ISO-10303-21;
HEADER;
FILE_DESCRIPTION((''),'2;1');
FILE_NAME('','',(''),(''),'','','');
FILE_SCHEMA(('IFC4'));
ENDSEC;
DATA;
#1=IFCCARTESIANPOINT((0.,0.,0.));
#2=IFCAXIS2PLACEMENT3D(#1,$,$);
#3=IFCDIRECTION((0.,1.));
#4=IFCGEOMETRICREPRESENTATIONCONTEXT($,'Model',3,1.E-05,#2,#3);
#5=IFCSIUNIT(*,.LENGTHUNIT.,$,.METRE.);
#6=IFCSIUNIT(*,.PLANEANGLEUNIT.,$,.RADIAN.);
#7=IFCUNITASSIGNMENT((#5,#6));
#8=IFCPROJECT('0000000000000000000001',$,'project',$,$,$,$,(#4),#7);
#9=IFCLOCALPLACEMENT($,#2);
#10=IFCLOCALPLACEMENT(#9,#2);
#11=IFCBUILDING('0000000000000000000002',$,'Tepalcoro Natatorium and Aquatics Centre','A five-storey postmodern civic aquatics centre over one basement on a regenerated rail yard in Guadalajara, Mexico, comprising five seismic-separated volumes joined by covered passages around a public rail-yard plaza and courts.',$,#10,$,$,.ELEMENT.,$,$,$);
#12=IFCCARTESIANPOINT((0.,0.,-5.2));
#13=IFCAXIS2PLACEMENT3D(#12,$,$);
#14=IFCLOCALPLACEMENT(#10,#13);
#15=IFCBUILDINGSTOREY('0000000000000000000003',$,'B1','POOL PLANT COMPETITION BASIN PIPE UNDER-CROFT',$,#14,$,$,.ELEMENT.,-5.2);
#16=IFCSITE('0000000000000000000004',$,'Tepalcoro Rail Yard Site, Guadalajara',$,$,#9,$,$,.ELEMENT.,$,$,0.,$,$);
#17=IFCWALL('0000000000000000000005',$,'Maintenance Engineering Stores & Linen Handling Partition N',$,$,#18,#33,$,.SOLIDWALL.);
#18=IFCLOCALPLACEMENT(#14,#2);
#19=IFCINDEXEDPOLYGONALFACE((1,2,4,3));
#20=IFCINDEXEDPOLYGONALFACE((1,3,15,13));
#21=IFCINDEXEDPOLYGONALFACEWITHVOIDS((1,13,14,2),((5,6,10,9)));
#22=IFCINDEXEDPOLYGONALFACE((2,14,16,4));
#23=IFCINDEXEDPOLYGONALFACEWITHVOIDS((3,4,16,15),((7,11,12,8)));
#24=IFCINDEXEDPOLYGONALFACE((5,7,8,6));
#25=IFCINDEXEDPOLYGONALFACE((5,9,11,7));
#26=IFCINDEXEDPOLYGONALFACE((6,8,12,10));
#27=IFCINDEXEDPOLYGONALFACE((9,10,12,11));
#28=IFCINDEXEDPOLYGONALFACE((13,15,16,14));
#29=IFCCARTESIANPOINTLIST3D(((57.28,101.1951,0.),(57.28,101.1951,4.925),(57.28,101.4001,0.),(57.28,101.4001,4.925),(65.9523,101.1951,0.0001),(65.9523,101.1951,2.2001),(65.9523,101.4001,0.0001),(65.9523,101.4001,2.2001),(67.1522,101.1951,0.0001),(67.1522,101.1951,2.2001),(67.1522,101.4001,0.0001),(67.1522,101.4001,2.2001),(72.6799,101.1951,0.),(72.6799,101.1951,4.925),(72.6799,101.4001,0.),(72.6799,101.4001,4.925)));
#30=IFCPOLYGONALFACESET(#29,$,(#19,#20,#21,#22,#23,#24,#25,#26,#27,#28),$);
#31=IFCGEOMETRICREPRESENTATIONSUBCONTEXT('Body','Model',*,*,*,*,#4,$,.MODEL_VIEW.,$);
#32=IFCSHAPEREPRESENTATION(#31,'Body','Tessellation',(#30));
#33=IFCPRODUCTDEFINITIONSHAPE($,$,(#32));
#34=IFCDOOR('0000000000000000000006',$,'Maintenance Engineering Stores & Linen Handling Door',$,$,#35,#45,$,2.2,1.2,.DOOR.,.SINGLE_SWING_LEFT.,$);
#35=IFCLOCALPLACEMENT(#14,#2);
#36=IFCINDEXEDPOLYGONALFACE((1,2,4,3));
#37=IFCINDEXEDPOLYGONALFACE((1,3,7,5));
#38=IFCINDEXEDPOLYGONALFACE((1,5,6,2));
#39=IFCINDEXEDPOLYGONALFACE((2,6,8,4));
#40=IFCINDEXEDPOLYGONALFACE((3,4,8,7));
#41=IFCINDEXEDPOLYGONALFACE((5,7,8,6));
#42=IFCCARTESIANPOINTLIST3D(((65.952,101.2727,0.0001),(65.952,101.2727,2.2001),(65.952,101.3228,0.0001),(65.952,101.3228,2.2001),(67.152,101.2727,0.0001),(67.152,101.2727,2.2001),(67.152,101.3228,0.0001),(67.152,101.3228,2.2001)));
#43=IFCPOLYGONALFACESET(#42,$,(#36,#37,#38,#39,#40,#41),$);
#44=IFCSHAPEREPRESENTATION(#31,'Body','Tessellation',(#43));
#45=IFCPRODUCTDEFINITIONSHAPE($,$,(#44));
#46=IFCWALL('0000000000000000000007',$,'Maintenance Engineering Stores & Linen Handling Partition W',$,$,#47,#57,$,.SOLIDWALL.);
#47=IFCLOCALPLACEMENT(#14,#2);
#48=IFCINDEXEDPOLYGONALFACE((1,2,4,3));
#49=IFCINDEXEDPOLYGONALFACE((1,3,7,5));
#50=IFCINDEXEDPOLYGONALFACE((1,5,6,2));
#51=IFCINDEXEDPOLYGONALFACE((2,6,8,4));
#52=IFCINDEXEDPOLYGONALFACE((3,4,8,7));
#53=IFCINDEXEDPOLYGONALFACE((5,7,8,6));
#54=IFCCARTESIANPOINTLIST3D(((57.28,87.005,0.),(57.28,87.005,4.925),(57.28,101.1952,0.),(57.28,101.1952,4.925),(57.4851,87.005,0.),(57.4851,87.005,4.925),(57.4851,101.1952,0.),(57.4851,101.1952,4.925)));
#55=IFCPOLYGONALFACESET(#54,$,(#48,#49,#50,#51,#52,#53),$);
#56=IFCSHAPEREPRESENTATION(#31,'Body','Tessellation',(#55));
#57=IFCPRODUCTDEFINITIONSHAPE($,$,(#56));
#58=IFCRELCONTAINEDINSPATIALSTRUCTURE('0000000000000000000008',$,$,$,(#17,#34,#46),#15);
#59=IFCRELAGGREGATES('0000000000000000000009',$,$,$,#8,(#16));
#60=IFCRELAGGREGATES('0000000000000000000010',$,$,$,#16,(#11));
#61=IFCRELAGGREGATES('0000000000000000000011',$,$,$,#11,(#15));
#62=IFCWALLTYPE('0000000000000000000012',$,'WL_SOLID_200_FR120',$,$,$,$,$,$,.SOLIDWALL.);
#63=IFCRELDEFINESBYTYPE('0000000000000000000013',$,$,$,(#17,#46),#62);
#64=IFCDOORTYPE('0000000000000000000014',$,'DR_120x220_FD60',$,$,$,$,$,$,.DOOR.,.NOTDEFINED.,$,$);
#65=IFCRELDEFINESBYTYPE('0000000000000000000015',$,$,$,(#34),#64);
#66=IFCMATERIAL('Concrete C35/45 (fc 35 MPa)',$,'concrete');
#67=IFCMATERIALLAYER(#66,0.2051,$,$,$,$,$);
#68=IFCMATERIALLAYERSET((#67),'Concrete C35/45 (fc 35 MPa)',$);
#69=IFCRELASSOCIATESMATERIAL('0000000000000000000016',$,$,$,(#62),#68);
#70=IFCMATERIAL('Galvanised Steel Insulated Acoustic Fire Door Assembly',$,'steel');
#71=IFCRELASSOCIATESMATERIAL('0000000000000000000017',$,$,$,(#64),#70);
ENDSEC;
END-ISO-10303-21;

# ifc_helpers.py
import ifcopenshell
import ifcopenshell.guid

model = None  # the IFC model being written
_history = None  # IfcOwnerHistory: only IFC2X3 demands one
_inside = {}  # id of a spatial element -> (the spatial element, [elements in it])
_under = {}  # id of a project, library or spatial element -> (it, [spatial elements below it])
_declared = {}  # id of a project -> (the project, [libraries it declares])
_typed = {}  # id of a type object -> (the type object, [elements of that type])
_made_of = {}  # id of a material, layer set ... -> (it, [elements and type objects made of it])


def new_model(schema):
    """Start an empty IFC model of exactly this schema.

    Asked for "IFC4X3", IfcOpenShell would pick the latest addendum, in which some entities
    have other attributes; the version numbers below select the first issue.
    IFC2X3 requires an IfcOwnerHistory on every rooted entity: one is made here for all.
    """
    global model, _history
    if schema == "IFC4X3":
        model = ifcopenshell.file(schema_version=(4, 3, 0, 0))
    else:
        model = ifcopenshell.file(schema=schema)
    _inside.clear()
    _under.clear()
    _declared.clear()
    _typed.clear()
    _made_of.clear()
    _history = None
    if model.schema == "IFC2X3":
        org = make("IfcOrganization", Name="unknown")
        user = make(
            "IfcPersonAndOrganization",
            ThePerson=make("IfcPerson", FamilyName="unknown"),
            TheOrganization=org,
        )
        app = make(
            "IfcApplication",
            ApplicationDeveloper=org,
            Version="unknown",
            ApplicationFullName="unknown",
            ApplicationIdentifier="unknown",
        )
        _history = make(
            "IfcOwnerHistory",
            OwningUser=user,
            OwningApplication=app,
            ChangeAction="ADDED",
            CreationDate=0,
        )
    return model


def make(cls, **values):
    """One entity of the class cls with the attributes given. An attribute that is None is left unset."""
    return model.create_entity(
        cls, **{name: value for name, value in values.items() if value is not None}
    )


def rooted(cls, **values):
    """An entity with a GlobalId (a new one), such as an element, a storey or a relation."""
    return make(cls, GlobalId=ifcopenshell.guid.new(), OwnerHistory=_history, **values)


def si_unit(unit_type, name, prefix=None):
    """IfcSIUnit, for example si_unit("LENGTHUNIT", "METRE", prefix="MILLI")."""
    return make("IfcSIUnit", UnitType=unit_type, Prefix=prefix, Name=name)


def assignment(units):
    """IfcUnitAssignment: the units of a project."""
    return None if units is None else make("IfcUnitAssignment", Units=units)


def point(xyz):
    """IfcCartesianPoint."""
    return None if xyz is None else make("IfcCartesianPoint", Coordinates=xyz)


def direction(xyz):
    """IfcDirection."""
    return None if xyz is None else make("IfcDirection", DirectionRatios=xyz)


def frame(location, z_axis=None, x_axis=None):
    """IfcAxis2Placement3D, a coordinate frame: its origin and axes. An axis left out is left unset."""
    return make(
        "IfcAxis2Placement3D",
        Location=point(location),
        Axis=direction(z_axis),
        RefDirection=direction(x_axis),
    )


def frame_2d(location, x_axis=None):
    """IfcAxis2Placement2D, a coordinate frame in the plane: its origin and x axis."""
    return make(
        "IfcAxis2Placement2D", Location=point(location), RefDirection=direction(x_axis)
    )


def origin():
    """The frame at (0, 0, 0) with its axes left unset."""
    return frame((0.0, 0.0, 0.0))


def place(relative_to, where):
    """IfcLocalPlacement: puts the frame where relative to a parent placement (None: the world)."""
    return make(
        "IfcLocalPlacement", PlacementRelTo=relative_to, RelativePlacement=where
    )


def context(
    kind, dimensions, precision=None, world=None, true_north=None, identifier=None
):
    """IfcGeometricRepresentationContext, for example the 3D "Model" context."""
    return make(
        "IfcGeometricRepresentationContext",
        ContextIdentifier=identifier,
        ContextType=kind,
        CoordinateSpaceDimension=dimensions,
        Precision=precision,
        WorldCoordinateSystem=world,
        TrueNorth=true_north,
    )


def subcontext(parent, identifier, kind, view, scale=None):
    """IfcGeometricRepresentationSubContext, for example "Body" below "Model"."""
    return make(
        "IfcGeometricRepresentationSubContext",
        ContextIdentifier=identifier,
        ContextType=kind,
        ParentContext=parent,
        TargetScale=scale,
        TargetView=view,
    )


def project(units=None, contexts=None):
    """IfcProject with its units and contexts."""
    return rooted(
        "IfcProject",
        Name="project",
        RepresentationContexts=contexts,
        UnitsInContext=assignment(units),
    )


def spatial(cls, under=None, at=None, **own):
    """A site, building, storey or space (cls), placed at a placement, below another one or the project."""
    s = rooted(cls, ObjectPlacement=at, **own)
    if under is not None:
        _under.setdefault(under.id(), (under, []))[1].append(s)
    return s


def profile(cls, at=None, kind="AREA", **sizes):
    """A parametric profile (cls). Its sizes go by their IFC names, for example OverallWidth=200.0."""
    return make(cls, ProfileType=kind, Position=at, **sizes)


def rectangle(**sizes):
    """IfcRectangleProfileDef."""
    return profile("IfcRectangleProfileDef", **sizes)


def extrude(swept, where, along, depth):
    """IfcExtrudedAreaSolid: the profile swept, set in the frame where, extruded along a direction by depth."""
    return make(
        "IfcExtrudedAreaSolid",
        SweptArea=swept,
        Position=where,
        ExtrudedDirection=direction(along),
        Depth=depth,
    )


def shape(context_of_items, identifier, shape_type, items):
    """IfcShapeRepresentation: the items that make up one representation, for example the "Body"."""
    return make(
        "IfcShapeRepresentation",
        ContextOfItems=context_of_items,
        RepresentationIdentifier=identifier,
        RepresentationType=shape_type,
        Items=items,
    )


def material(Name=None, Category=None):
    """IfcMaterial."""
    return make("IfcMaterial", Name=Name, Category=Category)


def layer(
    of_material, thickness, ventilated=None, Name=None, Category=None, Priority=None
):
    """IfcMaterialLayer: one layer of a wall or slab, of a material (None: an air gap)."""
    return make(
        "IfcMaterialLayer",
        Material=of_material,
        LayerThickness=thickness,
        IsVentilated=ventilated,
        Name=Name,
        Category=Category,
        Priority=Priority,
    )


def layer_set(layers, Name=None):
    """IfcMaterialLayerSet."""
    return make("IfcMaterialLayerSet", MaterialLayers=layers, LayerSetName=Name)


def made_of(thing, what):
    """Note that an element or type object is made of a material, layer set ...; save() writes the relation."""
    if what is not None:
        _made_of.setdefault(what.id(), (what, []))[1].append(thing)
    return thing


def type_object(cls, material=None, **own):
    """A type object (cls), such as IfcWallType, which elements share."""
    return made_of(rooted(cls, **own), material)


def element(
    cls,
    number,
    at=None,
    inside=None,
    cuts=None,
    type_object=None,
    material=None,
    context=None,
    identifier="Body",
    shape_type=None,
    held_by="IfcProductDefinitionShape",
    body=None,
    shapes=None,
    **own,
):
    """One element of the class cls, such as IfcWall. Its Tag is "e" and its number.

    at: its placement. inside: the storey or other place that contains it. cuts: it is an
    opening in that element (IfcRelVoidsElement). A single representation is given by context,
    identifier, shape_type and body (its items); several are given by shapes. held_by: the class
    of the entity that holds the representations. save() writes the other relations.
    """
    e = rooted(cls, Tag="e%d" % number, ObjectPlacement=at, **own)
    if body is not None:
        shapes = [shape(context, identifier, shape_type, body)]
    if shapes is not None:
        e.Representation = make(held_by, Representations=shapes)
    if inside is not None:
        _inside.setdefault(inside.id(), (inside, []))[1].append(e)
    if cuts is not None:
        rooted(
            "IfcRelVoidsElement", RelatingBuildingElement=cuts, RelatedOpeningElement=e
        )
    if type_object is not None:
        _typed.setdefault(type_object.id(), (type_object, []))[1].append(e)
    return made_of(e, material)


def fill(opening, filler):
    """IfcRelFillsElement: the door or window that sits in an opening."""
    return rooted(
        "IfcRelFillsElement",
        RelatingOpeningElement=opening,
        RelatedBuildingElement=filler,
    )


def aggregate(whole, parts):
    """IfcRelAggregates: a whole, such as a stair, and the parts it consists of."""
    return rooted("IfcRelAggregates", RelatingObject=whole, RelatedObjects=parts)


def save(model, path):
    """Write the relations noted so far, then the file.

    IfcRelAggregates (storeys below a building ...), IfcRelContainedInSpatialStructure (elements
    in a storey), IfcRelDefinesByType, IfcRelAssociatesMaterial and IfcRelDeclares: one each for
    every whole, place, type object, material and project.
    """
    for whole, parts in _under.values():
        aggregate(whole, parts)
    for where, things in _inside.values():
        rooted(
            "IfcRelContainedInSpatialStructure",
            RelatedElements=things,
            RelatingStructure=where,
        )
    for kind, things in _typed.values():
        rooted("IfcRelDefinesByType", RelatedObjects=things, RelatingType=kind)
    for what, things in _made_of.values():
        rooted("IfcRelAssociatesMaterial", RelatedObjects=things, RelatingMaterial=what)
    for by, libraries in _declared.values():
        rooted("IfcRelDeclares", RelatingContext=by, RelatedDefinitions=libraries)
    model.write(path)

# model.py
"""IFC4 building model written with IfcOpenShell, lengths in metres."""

from ifc_helpers import new_model, si_unit, direction, frame, frame_2d, origin, place, context, subcontext, project, spatial, rectangle, extrude, material, layer, layer_set, type_object, element, fill, save


model = new_model("IFC4")

# Units and contexts
model_context = context("Model", 3, precision=1e-05, world=origin(), true_north=direction((0.0, 1.0)))
body_context = subcontext(model_context, "Body", "Model", "MODEL_VIEW")
ifc_project = project(units=[si_unit("LENGTHUNIT", "METRE"), si_unit("PLANEANGLEUNIT", "RADIAN")], contexts=[model_context])

# Site, building, storey
site_placement = place(None, origin())
site = spatial("IfcSite", under=ifc_project, at=site_placement, Name="Tepalcoro Rail Yard Site, Guadalajara", CompositionType="ELEMENT", RefElevation=0.0)
building_placement = place(site_placement, origin())
building = spatial("IfcBuilding", under=site, at=building_placement, Name="Tepalcoro Natatorium and Aquatics Centre", Description="A five-storey postmodern civic aquatics centre over one basement on a regenerated rail yard in Guadalajara, Mexico, comprising five seismic-separated volumes joined by covered passages around a public rail-yard plaza and courts.", CompositionType="ELEMENT")
storey_placement = place(building_placement, frame((0.0, 0.0, -5.2)))
storey = spatial("IfcBuildingStorey", under=building, at=storey_placement, Name="B1", Description="POOL PLANT COMPETITION BASIN PIPE UNDER-CROFT", CompositionType="ELEMENT", Elevation=-5.2)

# Shared definitions
ifc_material_1 = material(Name="Concrete C35/45 (fc 35 MPa)", Category="concrete")
ifc_layer_1 = layer(ifc_material_1, 0.2051)
ifc_layer_set_1 = layer_set([ifc_layer_1], Name="Concrete C35/45 (fc 35 MPa)")
wall_type_1 = type_object("IfcWallType", Name="WL_SOLID_200_FR120", PredefinedType="SOLIDWALL", material=ifc_layer_set_1)

# Wall, opening, door
wall_1_placement = place(storey_placement, frame((57.28, 101.2976, 0.0), z_axis=(0.0, 0.0, 1.0), x_axis=(1.0, 0.0, 0.0)))
wall_1 = element("IfcWall", 1, at=wall_1_placement, inside=storey, type_object=wall_type_1, Name="Maintenance Engineering Stores & Linen Handling Partition N", PredefinedType="SOLIDWALL", context=body_context, shape_type="SweptSolid", body=[
    extrude(rectangle(XDim=15.3999, YDim=0.2051, at=frame_2d((7.7, 0.0))), origin(), (0.0, 0.0, 1.0), 4.925),
])
opening_placement = place(wall_1_placement, frame((8.6721, 0.0, 0.0)))
opening = element("IfcOpeningElement", 2, at=opening_placement, cuts=wall_1, PredefinedType="OPENING", context=body_context, shape_type="SweptSolid", body=[
    extrude(rectangle(XDim=1.2, YDim=2.2, at=frame_2d((0.6001, 1.1001))), frame((0.0, 0.1145, 0.0), z_axis=(0.0, -1.0, 0.0), x_axis=(1.0, 0.0, 0.0)), (0.0, 0.0, 1.0), 0.229),
])
ifc_material_2 = material(Name="Galvanised Steel Insulated Acoustic Fire Door Assembly", Category="steel")
door_type = type_object("IfcDoorType", Name="DR_120x220_FD60", OperationType="NOTDEFINED", PredefinedType="DOOR", material=ifc_material_2)
door_placement = place(opening_placement, frame((1.2, 0.0, 0.0), z_axis=(0.0, 0.0, 1.0), x_axis=(-1.0, 0.0, 0.0)))
door = element("IfcDoor", 3, at=door_placement, inside=storey, type_object=door_type, Name="Maintenance Engineering Stores & Linen Handling Door", OperationType="SINGLE_SWING_LEFT", OverallHeight=2.2, OverallWidth=1.2, PredefinedType="DOOR", context=body_context, shape_type="SweptSolid", body=[
    extrude(rectangle(XDim=1.2, YDim=2.2, at=frame_2d((0.6001, 1.1001))), frame((0.0, 0.0249, 0.0), z_axis=(0.0, -1.0, 0.0), x_axis=(1.0, 0.0, 0.0)), (0.0, 0.0, 1.0), 0.05),
])
fill(opening, door)

# Wall
wall_2_placement = place(storey_placement, frame((57.3826, 87.0049, 0.0), z_axis=(0.0, 0.0, 1.0), x_axis=(0.0, 1.0, 0.0)))
element("IfcWall", 4, at=wall_2_placement, inside=storey, type_object=wall_type_1, Name="Maintenance Engineering Stores & Linen Handling Partition W", PredefinedType="SOLIDWALL", context=body_context, shape_type="SweptSolid", body=[
    extrude(rectangle(XDim=14.1902, YDim=0.2051, at=frame_2d((7.0952, 0.0))), origin(), (0.0, 0.0, 1.0), 4.925),
])

save(model, "model.ifc")
